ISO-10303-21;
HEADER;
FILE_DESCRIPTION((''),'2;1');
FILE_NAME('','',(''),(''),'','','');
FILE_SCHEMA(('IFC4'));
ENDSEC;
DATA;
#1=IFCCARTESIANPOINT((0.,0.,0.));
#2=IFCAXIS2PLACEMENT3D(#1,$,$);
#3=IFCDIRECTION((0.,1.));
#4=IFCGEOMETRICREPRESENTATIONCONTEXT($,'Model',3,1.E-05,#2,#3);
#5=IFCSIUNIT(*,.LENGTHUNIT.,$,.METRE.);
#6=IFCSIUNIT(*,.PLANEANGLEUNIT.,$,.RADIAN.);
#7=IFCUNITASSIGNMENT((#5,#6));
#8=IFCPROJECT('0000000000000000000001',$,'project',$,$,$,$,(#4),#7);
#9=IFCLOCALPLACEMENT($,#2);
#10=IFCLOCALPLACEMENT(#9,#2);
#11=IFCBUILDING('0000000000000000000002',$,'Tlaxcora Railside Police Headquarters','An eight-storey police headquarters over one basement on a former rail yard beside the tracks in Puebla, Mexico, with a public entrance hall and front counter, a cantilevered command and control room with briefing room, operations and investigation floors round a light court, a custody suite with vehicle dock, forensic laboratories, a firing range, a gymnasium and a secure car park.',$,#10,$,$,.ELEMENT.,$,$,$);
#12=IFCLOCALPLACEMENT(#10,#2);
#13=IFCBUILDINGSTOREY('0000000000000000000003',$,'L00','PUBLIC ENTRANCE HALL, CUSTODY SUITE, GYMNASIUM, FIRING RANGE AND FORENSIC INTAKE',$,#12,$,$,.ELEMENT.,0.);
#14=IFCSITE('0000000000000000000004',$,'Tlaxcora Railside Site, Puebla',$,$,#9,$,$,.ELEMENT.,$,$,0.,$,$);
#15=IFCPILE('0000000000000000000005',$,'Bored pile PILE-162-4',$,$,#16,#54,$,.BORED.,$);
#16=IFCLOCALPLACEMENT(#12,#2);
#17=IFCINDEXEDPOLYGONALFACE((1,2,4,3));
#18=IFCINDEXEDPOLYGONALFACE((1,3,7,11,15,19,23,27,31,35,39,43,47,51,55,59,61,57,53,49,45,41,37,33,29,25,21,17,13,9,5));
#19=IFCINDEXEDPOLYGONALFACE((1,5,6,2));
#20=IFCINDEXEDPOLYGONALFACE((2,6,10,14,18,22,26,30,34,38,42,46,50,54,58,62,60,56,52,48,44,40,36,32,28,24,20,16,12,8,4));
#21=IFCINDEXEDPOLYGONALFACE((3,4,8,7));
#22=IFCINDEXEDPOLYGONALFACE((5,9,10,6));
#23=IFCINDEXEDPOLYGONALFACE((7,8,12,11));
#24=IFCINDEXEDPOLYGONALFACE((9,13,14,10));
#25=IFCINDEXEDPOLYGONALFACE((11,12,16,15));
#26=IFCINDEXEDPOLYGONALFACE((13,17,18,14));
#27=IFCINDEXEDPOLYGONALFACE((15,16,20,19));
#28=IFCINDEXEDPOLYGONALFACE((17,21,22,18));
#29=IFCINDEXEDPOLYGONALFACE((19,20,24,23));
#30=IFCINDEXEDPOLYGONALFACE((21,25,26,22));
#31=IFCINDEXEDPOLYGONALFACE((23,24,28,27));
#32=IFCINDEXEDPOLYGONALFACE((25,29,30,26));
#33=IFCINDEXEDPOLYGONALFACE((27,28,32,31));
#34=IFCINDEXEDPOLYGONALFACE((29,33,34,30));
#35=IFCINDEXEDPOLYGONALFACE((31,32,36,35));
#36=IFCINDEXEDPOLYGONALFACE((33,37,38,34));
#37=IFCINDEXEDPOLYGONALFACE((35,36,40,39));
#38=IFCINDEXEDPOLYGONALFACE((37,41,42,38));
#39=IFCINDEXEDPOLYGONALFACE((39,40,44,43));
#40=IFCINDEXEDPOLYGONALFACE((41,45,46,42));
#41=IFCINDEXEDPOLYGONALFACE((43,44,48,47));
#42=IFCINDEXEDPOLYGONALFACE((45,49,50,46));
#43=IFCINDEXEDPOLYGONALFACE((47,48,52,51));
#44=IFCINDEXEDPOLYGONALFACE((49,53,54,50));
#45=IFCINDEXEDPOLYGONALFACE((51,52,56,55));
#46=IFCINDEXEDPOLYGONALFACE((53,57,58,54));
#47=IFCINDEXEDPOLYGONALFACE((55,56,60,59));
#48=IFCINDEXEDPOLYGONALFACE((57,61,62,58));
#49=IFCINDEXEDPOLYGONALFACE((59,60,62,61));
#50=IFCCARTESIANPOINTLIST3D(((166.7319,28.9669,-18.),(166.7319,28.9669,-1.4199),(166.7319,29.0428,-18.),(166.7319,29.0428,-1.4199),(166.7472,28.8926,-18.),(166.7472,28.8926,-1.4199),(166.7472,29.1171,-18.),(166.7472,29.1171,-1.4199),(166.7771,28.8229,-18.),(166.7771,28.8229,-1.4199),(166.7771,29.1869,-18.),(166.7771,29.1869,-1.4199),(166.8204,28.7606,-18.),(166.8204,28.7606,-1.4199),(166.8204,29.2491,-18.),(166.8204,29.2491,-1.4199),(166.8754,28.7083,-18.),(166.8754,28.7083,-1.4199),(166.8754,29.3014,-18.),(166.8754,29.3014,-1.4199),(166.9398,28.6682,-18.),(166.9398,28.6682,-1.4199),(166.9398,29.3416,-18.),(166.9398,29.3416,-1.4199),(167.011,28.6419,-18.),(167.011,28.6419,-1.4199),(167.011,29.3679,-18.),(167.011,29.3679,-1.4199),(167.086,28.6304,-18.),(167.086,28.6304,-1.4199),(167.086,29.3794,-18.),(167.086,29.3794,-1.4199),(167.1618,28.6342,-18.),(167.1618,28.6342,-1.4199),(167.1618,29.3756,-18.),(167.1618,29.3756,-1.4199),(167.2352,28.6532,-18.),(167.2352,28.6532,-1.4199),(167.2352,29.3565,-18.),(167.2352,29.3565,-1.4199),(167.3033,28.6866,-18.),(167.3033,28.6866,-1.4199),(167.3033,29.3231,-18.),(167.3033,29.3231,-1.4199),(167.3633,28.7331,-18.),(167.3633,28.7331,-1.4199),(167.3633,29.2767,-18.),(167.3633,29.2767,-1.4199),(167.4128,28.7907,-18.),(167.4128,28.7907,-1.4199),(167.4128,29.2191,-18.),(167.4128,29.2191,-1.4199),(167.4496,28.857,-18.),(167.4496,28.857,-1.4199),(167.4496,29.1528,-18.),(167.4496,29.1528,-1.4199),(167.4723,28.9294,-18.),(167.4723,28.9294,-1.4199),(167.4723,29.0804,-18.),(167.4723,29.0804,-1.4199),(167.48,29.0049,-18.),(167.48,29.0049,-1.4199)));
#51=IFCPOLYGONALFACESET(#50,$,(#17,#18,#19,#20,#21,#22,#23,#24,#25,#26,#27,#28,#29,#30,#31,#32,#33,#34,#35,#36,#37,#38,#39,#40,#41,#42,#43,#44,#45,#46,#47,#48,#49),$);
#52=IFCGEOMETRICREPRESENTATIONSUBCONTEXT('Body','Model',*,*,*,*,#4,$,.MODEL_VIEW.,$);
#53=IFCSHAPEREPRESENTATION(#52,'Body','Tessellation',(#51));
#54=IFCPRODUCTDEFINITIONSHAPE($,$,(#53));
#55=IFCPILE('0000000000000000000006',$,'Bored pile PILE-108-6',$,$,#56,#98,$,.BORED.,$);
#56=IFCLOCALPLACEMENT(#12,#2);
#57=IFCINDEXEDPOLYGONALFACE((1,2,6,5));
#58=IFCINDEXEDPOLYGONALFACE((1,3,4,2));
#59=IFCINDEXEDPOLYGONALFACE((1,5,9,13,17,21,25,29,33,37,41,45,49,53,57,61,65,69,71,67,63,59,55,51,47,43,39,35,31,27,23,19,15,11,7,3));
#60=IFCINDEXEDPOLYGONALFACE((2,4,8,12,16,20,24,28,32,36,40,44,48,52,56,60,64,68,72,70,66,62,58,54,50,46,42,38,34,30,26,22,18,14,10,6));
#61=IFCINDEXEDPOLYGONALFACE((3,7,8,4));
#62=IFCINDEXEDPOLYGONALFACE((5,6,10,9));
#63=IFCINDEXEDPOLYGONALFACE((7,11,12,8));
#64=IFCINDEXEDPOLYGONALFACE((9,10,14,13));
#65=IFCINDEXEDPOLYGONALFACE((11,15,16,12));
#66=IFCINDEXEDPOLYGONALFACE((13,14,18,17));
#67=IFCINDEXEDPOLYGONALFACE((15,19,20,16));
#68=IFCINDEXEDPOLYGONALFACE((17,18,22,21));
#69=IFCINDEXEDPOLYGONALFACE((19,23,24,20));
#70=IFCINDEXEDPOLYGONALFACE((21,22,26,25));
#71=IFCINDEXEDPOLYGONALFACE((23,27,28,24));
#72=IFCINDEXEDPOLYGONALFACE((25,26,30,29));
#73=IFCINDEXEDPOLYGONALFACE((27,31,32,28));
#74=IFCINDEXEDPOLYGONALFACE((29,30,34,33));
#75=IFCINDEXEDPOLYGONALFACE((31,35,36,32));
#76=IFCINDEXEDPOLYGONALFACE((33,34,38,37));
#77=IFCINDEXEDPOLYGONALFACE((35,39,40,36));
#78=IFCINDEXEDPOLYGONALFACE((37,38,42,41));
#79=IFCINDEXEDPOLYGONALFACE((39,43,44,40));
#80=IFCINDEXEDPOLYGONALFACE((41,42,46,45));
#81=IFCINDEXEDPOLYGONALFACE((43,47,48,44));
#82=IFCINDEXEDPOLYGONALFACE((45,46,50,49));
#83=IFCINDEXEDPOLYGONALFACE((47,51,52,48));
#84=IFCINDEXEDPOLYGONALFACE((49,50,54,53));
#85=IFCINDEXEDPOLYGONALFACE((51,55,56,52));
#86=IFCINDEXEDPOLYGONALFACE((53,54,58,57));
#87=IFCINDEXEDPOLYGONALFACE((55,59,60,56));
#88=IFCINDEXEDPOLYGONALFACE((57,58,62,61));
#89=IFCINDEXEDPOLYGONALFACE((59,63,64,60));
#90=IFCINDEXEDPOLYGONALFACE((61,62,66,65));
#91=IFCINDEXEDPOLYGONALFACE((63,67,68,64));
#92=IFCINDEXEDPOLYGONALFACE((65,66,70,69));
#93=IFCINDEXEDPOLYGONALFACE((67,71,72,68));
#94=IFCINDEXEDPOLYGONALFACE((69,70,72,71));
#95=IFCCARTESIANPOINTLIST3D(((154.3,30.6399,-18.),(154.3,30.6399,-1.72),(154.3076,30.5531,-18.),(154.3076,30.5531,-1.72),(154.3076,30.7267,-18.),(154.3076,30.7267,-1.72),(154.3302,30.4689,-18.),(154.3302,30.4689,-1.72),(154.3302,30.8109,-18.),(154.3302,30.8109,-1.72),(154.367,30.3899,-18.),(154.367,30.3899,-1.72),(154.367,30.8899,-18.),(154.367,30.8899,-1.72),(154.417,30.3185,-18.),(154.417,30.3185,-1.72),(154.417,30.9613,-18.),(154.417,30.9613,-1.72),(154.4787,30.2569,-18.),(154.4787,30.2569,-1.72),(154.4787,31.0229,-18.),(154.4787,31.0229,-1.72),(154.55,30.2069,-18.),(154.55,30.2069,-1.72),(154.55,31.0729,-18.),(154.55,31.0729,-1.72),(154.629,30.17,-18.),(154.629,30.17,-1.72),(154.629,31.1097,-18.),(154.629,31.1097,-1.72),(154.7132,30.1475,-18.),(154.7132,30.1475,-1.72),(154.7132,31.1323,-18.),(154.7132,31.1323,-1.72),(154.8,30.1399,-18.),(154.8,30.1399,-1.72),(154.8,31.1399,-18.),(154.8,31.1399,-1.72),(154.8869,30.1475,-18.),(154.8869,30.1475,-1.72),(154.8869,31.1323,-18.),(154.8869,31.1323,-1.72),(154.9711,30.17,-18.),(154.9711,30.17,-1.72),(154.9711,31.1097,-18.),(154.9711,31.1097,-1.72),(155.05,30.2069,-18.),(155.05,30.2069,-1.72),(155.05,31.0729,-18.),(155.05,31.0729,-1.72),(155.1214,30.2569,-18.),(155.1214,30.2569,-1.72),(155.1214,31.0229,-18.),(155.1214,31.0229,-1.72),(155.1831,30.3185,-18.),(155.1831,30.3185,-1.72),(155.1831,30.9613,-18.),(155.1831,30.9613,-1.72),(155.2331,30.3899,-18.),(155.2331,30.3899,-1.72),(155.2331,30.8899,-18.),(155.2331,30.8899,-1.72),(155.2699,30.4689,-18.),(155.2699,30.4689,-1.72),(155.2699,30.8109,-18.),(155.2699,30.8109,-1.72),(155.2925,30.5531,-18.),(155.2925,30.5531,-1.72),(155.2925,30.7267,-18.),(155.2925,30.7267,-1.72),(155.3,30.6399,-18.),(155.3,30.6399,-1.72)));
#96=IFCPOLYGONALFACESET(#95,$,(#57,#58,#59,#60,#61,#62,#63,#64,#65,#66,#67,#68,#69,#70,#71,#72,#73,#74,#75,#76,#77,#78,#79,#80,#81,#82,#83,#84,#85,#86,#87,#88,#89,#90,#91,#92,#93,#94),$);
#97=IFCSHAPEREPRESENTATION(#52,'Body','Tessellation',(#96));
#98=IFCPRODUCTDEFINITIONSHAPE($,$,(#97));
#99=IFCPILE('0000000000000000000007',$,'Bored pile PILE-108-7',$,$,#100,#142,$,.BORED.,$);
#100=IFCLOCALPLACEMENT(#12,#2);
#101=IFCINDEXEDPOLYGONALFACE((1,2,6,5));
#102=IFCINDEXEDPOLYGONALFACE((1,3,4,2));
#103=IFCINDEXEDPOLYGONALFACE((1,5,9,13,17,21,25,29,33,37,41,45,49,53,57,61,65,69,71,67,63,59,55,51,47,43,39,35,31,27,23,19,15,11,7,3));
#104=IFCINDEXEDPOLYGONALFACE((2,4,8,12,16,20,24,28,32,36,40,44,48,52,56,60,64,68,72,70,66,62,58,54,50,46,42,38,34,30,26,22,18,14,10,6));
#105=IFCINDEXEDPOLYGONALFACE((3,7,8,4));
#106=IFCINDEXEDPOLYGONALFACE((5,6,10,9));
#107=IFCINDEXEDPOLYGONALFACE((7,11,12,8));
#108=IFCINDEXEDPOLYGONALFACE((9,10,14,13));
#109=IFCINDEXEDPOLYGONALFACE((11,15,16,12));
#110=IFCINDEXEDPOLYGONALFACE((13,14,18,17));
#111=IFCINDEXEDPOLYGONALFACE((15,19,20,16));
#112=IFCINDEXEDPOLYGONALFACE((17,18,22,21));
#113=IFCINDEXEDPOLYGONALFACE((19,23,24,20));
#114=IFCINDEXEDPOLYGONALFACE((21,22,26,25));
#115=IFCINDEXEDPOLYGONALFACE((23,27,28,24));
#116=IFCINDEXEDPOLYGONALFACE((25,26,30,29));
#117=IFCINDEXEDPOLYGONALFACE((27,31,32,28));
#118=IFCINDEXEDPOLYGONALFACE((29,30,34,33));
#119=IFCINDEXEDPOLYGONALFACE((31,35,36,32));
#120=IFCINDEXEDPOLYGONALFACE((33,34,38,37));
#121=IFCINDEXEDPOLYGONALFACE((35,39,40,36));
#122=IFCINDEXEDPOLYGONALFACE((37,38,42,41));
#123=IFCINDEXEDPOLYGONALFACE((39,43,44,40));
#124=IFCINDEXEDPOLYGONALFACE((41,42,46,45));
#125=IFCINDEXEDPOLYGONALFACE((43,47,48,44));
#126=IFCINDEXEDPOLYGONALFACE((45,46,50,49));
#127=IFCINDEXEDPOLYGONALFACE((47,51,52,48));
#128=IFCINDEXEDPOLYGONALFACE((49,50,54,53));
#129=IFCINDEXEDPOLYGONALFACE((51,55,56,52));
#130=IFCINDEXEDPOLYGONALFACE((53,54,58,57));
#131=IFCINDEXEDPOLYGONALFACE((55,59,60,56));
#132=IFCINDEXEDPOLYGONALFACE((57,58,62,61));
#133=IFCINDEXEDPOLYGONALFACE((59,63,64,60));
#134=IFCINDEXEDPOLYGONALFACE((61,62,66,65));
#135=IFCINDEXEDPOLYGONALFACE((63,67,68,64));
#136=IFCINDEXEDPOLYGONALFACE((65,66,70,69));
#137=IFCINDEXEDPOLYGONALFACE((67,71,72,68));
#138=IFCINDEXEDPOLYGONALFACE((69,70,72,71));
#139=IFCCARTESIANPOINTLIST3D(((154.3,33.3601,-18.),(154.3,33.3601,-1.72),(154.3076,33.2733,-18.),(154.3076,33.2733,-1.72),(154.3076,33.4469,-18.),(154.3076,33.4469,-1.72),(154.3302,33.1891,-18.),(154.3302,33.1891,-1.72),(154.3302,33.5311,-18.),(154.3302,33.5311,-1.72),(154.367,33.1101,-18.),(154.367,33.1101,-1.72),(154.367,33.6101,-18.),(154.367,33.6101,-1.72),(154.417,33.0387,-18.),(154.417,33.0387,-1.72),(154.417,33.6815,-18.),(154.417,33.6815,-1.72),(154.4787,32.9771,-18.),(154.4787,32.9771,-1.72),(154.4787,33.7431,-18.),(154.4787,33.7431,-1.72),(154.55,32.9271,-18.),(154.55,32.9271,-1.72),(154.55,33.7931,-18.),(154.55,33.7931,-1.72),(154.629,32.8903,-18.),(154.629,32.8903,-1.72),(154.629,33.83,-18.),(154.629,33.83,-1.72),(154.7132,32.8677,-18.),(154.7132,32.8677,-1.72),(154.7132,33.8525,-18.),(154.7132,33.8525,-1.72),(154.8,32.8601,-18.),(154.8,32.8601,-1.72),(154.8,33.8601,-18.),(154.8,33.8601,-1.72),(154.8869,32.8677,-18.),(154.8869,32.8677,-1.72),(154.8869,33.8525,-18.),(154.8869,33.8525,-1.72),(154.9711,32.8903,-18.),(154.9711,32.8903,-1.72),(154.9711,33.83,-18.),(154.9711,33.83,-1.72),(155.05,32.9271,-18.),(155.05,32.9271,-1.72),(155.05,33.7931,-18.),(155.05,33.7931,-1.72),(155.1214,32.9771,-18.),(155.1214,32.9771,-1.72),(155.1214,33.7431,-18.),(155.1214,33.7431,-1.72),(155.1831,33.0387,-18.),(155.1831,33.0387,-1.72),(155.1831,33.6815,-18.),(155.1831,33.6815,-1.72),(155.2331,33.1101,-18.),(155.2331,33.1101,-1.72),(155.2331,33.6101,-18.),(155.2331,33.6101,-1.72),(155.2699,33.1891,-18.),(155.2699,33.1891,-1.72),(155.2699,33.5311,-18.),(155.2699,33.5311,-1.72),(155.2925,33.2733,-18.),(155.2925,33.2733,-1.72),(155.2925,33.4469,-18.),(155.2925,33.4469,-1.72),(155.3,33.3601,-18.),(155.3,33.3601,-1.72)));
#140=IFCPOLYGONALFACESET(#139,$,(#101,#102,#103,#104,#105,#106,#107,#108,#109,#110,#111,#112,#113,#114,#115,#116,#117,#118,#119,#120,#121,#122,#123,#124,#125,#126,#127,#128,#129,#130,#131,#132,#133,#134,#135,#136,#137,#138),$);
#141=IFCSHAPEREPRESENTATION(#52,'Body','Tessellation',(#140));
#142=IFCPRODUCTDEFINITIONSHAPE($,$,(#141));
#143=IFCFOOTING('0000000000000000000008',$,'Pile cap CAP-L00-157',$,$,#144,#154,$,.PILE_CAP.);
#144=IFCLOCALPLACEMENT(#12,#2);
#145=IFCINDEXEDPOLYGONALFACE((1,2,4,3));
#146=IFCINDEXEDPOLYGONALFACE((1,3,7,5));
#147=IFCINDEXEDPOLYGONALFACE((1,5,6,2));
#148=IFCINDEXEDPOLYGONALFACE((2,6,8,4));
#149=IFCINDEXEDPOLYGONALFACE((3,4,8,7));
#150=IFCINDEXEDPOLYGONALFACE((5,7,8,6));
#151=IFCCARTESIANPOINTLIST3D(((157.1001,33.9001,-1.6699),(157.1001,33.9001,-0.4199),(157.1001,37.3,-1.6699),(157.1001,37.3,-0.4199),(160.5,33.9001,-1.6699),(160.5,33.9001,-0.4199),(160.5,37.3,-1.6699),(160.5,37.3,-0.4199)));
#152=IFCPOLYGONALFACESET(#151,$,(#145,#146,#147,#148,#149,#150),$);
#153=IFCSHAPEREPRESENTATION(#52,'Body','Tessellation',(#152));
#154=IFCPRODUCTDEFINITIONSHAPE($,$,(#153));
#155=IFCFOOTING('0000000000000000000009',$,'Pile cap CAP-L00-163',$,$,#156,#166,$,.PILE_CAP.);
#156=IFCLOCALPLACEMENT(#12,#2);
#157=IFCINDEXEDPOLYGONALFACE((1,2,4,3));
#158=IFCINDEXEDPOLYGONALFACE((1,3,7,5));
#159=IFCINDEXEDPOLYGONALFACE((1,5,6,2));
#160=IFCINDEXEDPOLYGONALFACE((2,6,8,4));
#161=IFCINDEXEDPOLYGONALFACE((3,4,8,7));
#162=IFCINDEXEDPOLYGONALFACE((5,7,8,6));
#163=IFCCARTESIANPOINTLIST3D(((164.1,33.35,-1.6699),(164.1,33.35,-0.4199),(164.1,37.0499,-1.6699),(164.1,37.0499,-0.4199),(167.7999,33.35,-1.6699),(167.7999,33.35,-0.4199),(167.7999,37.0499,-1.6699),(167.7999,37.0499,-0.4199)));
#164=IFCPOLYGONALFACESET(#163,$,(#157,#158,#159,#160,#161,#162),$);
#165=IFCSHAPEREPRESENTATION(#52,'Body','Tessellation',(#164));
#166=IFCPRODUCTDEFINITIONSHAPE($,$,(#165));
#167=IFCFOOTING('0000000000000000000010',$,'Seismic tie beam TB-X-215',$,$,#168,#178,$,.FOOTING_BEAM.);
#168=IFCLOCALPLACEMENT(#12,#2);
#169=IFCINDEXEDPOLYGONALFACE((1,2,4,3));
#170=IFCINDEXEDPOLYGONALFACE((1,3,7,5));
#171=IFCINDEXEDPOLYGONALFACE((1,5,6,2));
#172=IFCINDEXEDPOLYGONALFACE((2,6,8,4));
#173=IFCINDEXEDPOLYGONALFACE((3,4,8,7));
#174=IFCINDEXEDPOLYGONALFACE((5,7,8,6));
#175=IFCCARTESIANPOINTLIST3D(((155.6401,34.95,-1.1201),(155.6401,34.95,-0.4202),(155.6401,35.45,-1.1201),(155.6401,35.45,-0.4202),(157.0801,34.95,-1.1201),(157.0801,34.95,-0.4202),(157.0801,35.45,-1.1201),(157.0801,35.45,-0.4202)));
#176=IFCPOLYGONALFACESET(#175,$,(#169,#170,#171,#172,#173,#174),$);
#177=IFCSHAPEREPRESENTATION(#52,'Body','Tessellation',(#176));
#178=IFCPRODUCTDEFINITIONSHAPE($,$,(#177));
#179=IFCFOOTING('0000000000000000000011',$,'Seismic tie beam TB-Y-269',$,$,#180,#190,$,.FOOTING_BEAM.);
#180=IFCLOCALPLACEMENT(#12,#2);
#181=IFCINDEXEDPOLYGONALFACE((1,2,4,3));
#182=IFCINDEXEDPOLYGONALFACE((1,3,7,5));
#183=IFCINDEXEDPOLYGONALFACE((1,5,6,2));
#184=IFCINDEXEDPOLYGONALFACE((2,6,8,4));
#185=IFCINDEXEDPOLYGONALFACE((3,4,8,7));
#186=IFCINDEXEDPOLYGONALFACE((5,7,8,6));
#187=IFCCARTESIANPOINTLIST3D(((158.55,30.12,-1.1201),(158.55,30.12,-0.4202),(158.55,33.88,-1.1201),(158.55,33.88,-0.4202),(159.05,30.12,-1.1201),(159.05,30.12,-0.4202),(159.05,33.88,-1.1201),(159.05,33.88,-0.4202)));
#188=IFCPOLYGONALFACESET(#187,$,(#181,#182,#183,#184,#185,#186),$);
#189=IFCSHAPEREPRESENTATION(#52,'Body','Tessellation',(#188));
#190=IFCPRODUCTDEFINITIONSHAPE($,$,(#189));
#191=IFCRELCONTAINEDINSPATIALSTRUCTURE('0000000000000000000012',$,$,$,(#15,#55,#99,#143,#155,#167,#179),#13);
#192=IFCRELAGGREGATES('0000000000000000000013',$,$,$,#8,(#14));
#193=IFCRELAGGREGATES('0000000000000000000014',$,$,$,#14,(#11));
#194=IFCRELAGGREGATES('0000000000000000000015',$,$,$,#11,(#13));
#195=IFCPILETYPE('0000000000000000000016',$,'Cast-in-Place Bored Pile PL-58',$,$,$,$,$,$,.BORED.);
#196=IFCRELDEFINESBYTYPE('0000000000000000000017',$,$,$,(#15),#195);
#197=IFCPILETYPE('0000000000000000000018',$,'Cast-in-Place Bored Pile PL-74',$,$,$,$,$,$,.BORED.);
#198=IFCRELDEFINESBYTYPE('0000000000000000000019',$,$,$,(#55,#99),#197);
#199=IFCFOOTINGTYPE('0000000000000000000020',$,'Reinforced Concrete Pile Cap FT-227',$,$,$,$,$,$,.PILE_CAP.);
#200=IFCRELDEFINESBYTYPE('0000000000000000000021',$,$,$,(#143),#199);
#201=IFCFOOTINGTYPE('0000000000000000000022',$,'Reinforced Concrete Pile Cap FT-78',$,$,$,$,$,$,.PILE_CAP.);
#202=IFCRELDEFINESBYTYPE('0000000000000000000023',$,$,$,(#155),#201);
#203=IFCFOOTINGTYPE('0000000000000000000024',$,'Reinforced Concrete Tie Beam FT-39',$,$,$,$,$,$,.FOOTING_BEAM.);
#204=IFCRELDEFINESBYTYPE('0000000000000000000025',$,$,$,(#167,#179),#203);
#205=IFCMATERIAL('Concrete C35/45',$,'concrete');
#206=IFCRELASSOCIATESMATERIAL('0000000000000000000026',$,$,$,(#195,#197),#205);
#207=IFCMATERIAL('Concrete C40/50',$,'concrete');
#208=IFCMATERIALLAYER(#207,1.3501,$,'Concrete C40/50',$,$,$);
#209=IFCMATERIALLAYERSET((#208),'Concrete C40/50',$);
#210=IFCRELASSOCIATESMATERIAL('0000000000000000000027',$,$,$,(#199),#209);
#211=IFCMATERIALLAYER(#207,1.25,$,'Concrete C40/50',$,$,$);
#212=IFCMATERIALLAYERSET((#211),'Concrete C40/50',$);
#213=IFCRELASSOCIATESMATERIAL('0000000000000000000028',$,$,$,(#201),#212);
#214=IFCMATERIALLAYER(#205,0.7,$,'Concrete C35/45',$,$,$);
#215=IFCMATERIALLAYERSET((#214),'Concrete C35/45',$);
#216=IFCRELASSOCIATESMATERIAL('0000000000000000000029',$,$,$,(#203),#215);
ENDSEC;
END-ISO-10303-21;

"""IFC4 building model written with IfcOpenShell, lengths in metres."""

from ifc_helpers import new_model, si_unit, direction, frame, origin, origin_2d, place, context, subcontext, project, spatial, rectangle, circle, extrude, material, layer, layer_set, material_profile, profile_set, type_object, element, save


model = new_model("IFC4")

# Units and contexts
model_context = context("Model", 3, precision=1e-05, world=origin(), true_north=direction((0.0, 1.0)))
body_context = subcontext(model_context, "Body", "Model", "MODEL_VIEW")
ifc_project = project(units=[si_unit("LENGTHUNIT", "METRE"), si_unit("PLANEANGLEUNIT", "RADIAN")], contexts=[model_context])

# Site, building, storey
site_placement = place(None, origin())
site = spatial("IfcSite", under=ifc_project, at=site_placement, Name="Tlaxcora Railside Site, Puebla", CompositionType="ELEMENT", RefElevation=0.0)
building_placement = place(site_placement, origin())
building = spatial("IfcBuilding", under=site, at=building_placement, Name="Tlaxcora Railside Police Headquarters", Description="An eight-storey police headquarters over one basement on a former rail yard beside the tracks in Puebla, Mexico, with a public entrance hall and front counter, a cantilevered command and control room with briefing room, operations and investigation floors round a light court, a custody suite with vehicle dock, forensic laboratories, a firing range, a gymnasium and a secure car park.", CompositionType="ELEMENT")
storey_placement = place(building_placement, origin())
storey = spatial("IfcBuildingStorey", under=building, at=storey_placement, Name="L00", Description="PUBLIC ENTRANCE HALL, CUSTODY SUITE, GYMNASIUM, FIRING RANGE AND FORENSIC INTAKE", CompositionType="ELEMENT", Elevation=0.0)

# Piles
ifc_material_1 = material(Name="Concrete C35/45", Category="concrete")
ifc_material_profile_1 = material_profile(ifc_material_1, circle(Radius=0.375, at=origin_2d()), Name="PILE750")
ifc_profile_set_1 = profile_set([ifc_material_profile_1], Name="Concrete C35/45")
pile_type_1 = type_object("IfcPileType", Name="Cast-in-Place Bored Pile PL-58", PredefinedType="BORED", material=ifc_profile_set_1)
for number, where, z_axis, x_axis, name in (
    (1, (167.105, 29.0049, -1.4199), (0.0, 0.0, -1.0), (1.0, 0.0, 0.0), "Bored pile PILE-162-4"),
):
    element("IfcPile", number, at=place(storey_placement, frame(where, z_axis=z_axis, x_axis=x_axis)), inside=storey, type_object=pile_type_1, Name=name, PredefinedType="BORED", context=body_context, shape_type="SweptSolid", body=[
        extrude(circle(Radius=0.375, at=origin_2d()), origin(), (0.0, 0.0, 1.0), 16.5801),
    ])
ifc_material_profile_2 = material_profile(ifc_material_1, circle(Radius=0.5, at=origin_2d()), Name="PILE1000")
ifc_profile_set_2 = profile_set([ifc_material_profile_2], Name="Concrete C35/45")
pile_type_2 = type_object("IfcPileType", Name="Cast-in-Place Bored Pile PL-74", PredefinedType="BORED", material=ifc_profile_set_2)
for number, where, z_axis, x_axis, name in (
    (2, (154.8, 30.6399, -1.72), (0.0, 0.0, -1.0), (1.0, 0.0, 0.0), "Bored pile PILE-108-6"),
    (3, (154.8, 33.3601, -1.72), (0.0, 0.0, -1.0), (1.0, 0.0, 0.0), "Bored pile PILE-108-7"),
):
    element("IfcPile", number, at=place(storey_placement, frame(where, z_axis=z_axis, x_axis=x_axis)), inside=storey, type_object=pile_type_2, Name=name, PredefinedType="BORED", context=body_context, shape_type="SweptSolid", body=[
        extrude(circle(Radius=0.5, at=origin_2d()), origin(), (0.0, 0.0, 1.0), 16.28),
    ])

# Footings
ifc_material_2 = material(Name="Concrete C40/50", Category="concrete")
ifc_layer_1 = layer(ifc_material_2, 1.3501, Name="Concrete C40/50")
ifc_layer_set_1 = layer_set([ifc_layer_1], Name="Concrete C40/50")
footing_type_1 = type_object("IfcFootingType", Name="Reinforced Concrete Pile Cap FT-227", PredefinedType="PILE_CAP", material=ifc_layer_set_1)
footing_1_placement = place(storey_placement, frame((158.8, 35.6001, -1.6699), z_axis=(0.0, 0.0, 1.0), x_axis=(1.0, 0.0, 0.0)))
element("IfcFooting", 4, at=footing_1_placement, inside=storey, type_object=footing_type_1, Name="Pile cap CAP-L00-157", PredefinedType="PILE_CAP", context=body_context, shape_type="SweptSolid", body=[
    extrude(rectangle(XDim=3.3999, YDim=3.3999, at=origin_2d()), origin(), (0.0, 0.0, 1.0), 1.25),
])
ifc_layer_2 = layer(ifc_material_2, 1.25, Name="Concrete C40/50")
ifc_layer_set_2 = layer_set([ifc_layer_2], Name="Concrete C40/50")
footing_type_2 = type_object("IfcFootingType", Name="Reinforced Concrete Pile Cap FT-78", PredefinedType="PILE_CAP", material=ifc_layer_set_2)
footing_2_placement = place(storey_placement, frame((165.95, 35.2, -1.6699), z_axis=(0.0, 0.0, 1.0), x_axis=(1.0, 0.0, 0.0)))
element("IfcFooting", 5, at=footing_2_placement, inside=storey, type_object=footing_type_2, Name="Pile cap CAP-L00-163", PredefinedType="PILE_CAP", context=body_context, shape_type="SweptSolid", body=[
    extrude(rectangle(XDim=3.7, YDim=3.7, at=origin_2d()), origin(), (0.0, 0.0, 1.0), 1.25),
])
ifc_layer_3 = layer(ifc_material_1, 0.7, Name="Concrete C35/45")
ifc_layer_set_3 = layer_set([ifc_layer_3], Name="Concrete C35/45")
footing_type_3 = type_object("IfcFootingType", Name="Reinforced Concrete Tie Beam FT-39", PredefinedType="FOOTING_BEAM", material=ifc_layer_set_3)
footing_3_placement = place(storey_placement, frame((156.3601, 35.2, -1.1201), z_axis=(0.0, 0.0, 1.0), x_axis=(1.0, 0.0, 0.0)))
element("IfcFooting", 6, at=footing_3_placement, inside=storey, type_object=footing_type_3, Name="Seismic tie beam TB-X-215", PredefinedType="FOOTING_BEAM", context=body_context, shape_type="SweptSolid", body=[
    extrude(rectangle(XDim=1.4399, YDim=0.5, at=origin_2d()), origin(), (0.0, 0.0, 1.0), 0.7),
])
footing_4_placement = place(storey_placement, frame((158.8, 32.0, -1.1201), z_axis=(0.0, 0.0, 1.0), x_axis=(0.0, 1.0, 0.0)))
element("IfcFooting", 7, at=footing_4_placement, inside=storey, type_object=footing_type_3, Name="Seismic tie beam TB-Y-269", PredefinedType="FOOTING_BEAM", context=body_context, shape_type="SweptSolid", body=[
    extrude(rectangle(XDim=3.76, YDim=0.5, at=origin_2d()), origin(), (0.0, 0.0, 1.0), 0.7),
])

save(model, "model.ifc")
